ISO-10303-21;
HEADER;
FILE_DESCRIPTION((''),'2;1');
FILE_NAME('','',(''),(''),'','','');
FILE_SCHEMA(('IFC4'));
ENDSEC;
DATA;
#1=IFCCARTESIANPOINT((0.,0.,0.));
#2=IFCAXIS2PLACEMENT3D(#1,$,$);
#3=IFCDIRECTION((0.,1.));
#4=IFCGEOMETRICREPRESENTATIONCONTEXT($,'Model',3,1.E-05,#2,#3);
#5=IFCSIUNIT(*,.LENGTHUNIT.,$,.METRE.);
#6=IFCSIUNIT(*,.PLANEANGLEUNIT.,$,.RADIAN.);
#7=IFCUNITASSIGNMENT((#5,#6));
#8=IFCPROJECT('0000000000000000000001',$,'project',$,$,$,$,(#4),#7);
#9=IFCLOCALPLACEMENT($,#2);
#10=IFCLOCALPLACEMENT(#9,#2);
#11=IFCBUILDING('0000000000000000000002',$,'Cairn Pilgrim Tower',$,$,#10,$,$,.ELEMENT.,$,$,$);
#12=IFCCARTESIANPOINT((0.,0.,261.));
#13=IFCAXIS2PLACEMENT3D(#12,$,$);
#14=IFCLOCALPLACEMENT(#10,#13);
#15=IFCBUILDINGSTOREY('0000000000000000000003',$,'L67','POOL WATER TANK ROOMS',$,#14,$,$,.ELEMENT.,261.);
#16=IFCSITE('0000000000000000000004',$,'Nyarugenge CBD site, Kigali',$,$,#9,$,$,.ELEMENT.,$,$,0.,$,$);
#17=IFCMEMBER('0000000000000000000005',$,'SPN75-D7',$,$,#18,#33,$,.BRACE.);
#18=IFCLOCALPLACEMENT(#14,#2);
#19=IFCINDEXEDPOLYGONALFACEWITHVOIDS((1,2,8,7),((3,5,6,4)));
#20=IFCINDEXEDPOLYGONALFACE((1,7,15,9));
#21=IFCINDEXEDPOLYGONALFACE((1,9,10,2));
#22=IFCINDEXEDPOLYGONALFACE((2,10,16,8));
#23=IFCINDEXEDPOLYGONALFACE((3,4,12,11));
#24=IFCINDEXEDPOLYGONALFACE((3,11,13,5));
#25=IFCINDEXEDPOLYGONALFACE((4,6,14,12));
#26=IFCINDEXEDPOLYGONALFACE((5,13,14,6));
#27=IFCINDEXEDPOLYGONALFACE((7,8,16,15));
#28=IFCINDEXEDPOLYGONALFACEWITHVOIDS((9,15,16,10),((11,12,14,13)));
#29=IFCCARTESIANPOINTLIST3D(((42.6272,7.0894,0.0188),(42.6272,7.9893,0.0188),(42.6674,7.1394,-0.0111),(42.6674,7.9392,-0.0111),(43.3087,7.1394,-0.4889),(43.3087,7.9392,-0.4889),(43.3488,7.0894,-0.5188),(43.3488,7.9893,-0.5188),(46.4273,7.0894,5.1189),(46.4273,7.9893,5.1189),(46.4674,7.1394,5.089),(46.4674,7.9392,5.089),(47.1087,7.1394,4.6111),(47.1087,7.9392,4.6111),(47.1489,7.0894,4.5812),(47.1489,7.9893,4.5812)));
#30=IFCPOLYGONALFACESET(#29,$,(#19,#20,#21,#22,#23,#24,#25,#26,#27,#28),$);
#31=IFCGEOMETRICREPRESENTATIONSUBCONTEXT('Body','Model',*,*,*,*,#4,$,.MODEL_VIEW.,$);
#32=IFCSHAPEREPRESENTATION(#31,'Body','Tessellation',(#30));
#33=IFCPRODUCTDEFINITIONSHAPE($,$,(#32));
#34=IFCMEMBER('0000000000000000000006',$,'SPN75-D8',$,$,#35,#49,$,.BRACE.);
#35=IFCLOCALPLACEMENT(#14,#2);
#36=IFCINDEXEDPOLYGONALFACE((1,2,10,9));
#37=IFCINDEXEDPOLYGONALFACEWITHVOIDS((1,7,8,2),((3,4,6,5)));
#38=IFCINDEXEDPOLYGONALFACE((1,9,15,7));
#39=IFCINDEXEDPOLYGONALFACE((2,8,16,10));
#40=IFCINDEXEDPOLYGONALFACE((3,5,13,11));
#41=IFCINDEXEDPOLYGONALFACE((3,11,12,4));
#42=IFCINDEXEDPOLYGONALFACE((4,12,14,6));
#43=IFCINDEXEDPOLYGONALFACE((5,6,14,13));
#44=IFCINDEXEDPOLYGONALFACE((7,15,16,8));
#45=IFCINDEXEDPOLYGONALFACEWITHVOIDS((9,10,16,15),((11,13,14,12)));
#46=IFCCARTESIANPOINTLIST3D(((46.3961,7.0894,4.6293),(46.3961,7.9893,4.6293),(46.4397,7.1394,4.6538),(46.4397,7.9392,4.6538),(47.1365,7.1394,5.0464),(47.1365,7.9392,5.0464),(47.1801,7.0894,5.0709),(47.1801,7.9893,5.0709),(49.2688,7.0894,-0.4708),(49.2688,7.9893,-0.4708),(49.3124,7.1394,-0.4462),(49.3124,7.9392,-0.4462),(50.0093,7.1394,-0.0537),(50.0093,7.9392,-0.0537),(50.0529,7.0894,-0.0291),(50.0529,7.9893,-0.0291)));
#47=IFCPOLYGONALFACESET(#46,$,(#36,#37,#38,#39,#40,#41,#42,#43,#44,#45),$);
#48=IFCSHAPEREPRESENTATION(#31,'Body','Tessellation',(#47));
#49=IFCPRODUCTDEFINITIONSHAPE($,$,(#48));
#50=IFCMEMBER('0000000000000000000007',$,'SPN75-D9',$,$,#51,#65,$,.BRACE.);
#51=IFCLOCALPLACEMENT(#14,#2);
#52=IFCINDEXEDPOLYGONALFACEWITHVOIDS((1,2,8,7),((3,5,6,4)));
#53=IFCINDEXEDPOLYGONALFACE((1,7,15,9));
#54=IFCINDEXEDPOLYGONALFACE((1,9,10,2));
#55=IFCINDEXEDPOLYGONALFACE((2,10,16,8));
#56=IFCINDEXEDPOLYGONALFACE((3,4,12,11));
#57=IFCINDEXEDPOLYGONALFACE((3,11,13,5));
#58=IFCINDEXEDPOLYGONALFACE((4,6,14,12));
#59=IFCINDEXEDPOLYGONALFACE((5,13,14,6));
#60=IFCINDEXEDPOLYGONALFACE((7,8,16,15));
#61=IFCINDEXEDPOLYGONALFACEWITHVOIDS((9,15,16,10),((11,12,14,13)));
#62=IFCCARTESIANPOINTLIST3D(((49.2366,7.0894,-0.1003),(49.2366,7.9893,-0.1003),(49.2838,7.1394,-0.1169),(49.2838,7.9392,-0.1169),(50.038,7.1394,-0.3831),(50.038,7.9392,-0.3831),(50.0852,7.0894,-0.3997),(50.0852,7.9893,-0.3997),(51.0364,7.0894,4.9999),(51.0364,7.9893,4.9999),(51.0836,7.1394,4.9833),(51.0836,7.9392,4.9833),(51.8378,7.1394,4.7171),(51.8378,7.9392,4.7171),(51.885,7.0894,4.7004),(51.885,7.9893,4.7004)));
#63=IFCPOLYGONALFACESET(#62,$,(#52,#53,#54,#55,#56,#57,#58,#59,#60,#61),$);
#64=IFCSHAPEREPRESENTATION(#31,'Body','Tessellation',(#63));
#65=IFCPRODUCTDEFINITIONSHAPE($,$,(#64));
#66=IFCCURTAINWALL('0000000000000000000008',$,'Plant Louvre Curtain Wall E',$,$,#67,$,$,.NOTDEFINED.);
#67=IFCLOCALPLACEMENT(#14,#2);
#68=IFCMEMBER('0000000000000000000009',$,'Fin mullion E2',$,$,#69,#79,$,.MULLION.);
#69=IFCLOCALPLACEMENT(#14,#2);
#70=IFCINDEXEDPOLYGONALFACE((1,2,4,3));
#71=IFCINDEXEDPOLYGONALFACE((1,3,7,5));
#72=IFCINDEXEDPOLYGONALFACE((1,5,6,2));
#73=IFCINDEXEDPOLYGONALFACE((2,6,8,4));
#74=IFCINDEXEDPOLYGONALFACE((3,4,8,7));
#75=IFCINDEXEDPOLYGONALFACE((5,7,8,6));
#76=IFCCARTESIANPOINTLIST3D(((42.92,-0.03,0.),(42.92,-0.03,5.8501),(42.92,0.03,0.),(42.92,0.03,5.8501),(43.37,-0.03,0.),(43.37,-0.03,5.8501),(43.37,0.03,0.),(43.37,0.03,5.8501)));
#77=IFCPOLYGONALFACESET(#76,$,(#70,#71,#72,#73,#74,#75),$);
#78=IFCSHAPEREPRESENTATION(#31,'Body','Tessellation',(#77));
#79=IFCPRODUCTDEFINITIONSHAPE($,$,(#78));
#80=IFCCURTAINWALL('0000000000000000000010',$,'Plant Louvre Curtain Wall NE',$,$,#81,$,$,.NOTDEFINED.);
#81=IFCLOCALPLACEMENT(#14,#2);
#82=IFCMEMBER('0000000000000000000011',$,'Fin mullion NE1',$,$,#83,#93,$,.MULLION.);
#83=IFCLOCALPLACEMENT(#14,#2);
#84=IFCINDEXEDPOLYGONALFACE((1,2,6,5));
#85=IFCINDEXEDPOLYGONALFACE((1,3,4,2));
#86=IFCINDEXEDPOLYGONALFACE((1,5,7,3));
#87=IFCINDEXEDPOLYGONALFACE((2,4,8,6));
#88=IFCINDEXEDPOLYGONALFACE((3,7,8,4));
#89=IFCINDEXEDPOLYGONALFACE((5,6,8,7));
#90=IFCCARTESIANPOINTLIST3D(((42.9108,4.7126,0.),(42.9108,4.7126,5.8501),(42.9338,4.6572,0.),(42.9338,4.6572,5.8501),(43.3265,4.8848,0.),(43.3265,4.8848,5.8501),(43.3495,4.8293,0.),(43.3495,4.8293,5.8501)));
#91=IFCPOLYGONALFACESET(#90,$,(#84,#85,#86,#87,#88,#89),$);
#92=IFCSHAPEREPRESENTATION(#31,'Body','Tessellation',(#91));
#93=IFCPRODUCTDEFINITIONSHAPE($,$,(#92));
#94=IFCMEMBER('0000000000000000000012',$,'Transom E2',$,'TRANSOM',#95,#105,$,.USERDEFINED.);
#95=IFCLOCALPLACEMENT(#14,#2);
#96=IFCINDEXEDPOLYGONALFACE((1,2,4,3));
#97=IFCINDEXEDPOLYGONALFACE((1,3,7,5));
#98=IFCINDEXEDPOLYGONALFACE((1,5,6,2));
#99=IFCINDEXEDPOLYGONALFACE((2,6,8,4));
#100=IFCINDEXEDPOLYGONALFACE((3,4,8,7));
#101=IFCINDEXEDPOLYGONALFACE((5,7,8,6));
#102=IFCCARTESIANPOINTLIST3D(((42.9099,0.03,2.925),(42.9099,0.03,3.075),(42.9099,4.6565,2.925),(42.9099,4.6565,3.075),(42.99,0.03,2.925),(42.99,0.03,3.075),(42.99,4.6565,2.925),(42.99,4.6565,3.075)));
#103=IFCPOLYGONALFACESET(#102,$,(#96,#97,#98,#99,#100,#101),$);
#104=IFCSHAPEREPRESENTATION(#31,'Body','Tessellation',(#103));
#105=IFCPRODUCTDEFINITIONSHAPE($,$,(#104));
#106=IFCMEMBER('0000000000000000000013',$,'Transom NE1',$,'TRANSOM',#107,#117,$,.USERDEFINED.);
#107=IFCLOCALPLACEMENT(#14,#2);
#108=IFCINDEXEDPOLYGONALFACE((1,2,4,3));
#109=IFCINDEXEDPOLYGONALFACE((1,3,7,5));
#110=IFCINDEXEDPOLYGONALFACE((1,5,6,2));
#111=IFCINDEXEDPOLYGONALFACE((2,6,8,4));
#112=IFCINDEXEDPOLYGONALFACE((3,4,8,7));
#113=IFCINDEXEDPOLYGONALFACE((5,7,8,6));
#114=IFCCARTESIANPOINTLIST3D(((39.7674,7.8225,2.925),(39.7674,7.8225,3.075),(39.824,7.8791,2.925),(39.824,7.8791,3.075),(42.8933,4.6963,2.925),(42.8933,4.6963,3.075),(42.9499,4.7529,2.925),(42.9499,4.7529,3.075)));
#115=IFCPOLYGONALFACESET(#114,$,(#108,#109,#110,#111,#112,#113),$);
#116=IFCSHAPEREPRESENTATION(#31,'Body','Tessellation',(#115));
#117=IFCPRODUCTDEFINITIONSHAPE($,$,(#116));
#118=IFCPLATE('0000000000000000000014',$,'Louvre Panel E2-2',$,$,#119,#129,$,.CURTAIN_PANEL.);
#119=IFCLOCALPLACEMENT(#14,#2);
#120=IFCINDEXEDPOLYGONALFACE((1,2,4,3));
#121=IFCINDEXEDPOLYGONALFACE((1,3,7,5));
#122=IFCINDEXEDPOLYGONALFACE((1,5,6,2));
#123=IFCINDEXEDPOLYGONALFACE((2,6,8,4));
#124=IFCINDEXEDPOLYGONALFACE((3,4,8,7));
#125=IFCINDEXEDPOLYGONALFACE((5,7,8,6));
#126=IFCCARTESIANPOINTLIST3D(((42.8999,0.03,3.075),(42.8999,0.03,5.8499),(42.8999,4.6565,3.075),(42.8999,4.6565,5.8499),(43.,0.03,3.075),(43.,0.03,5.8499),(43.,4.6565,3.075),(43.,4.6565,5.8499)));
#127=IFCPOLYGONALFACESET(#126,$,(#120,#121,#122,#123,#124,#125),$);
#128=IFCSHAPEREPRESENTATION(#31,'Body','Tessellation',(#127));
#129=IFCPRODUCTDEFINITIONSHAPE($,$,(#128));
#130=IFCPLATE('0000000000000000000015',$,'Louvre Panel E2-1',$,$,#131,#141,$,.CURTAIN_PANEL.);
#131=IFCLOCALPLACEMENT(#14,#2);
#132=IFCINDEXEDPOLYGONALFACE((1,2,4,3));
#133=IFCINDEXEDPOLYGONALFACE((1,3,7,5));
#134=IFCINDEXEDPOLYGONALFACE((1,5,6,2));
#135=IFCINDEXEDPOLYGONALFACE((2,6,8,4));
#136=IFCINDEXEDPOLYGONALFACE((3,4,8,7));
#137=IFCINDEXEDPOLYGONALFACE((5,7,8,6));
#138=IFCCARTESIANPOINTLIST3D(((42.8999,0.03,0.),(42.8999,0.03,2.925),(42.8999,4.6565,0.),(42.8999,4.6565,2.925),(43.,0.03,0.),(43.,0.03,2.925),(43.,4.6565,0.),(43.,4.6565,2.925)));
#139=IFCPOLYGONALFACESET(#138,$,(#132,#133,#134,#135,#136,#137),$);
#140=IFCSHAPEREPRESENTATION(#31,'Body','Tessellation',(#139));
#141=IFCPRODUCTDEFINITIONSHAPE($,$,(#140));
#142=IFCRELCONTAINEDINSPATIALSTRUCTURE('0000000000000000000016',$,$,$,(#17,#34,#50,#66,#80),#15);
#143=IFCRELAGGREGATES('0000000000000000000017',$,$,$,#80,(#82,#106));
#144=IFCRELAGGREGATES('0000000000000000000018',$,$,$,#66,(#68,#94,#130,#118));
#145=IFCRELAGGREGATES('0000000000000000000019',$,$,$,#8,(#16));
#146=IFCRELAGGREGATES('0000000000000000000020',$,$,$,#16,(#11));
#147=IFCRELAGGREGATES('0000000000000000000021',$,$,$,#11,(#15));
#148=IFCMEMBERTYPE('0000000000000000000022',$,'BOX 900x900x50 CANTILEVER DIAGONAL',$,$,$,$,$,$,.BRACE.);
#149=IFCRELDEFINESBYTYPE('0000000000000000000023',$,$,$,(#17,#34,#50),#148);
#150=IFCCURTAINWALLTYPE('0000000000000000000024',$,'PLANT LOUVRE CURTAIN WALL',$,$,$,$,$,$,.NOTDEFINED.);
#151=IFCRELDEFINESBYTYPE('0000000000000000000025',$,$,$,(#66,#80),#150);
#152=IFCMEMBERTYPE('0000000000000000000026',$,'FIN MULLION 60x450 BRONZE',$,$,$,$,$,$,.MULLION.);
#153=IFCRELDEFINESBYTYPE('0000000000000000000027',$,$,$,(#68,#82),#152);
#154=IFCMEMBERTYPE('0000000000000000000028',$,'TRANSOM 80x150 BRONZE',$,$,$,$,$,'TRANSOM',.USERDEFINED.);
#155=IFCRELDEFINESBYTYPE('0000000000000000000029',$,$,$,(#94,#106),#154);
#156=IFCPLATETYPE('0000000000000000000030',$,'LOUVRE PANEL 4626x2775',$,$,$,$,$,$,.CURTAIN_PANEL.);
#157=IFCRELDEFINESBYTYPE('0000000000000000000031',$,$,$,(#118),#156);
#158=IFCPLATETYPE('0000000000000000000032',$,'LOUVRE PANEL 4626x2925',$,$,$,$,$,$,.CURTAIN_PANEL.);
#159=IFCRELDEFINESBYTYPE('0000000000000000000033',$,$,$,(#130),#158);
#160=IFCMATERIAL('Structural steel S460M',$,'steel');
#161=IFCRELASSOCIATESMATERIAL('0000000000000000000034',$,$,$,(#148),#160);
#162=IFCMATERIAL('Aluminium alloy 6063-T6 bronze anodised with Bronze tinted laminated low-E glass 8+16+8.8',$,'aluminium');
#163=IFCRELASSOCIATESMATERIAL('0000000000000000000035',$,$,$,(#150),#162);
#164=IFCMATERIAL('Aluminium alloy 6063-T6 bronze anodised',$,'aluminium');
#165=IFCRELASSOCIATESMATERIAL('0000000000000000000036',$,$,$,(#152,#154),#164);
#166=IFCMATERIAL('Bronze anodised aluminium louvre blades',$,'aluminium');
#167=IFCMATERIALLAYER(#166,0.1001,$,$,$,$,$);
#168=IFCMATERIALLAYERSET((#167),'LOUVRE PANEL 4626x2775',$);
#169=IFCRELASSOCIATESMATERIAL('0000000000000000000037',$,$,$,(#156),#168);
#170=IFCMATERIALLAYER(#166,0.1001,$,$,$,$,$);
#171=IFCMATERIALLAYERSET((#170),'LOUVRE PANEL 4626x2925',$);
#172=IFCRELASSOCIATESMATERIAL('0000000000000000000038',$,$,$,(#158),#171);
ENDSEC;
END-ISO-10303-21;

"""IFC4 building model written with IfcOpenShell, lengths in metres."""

from ifc_helpers import new_model, si_unit, direction, frame, origin, origin_2d, place, context, subcontext, project, spatial, rectangle, hollow_rectangle, extrude, material, layer, layer_set, material_profile, profile_set, type_object, element, aggregate, save


model = new_model("IFC4")

# Units and contexts
model_context = context("Model", 3, precision=1e-05, world=origin(), true_north=direction((0.0, 1.0)))
body_context = subcontext(model_context, "Body", "Model", "MODEL_VIEW")
ifc_project = project(units=[si_unit("LENGTHUNIT", "METRE"), si_unit("PLANEANGLEUNIT", "RADIAN")], contexts=[model_context])

# Site, building, storey
site_placement = place(None, origin())
site = spatial("IfcSite", under=ifc_project, at=site_placement, Name="Nyarugenge CBD site, Kigali", CompositionType="ELEMENT", RefElevation=0.0)
building_placement = place(site_placement, origin())
building = spatial("IfcBuilding", under=site, at=building_placement, Name="Cairn Pilgrim Tower", CompositionType="ELEMENT")
storey_placement = place(building_placement, frame((0.0, 0.0, 261.0)))
storey = spatial("IfcBuildingStorey", under=building, at=storey_placement, Name="L67", Description="POOL WATER TANK ROOMS", CompositionType="ELEMENT", Elevation=261.0)

# Members
ifc_material_1 = material(Name="Structural steel S460M", Category="steel")
ifc_material_profile_1 = material_profile(ifc_material_1, hollow_rectangle(XDim=0.8999, YDim=0.8999, WallThickness=0.05, at=origin_2d()), Name="BOX 900x900x50")
ifc_profile_set_1 = profile_set([ifc_material_profile_1], Name="Structural steel S460M")
member_type_1 = type_object("IfcMemberType", Name="BOX 900x900x50 CANTILEVER DIAGONAL", PredefinedType="BRACE", material=ifc_profile_set_1)
member_1_placement = place(storey_placement, frame((42.988, 7.5393, -0.25), z_axis=(0.597479, 0.0, 0.801885), x_axis=(0.0, 1.0, 0.0)))
element("IfcMember", 1, at=member_1_placement, inside=storey, type_object=member_type_1, Name="SPN75-D7", PredefinedType="BRACE", context=body_context, shape_type="SweptSolid", body=[
    extrude(hollow_rectangle(XDim=0.8999, YDim=0.8999, WallThickness=0.05, at=origin_2d()), origin(), (0.0, 0.0, 1.0), 6.3601),
])
member_2_placement = place(storey_placement, frame((46.7881, 7.5393, 4.8501), z_axis=(0.49078, 0.0, -0.871284), x_axis=(0.0, 1.0, 0.0)))
element("IfcMember", 2, at=member_2_placement, inside=storey, type_object=member_type_1, Name="SPN75-D8", PredefinedType="BRACE", context=body_context, shape_type="SweptSolid", body=[
    extrude(hollow_rectangle(XDim=0.8999, YDim=0.8999, WallThickness=0.05, at=origin_2d()), origin(), (0.0, 0.0, 1.0), 5.8535),
])
member_3_placement = place(storey_placement, frame((49.6609, 7.5393, -0.25), z_axis=(0.332782, 0.0, 0.943004), x_axis=(0.0, 1.0, 0.0)))
element("IfcMember", 3, at=member_3_placement, inside=storey, type_object=member_type_1, Name="SPN75-D9", PredefinedType="BRACE", context=body_context, shape_type="SweptSolid", body=[
    extrude(hollow_rectangle(XDim=0.8999, YDim=0.8999, WallThickness=0.05, at=origin_2d()), origin(), (0.0, 0.0, 1.0), 5.4084),
])

# Curtain walls, members
ifc_material_2 = material(Name="Aluminium alloy 6063-T6 bronze anodised with Bronze tinted laminated low-E glass 8+16+8.8", Category="aluminium")
curtain_wall_type = type_object("IfcCurtainWallType", Name="PLANT LOUVRE CURTAIN WALL", PredefinedType="NOTDEFINED", material=ifc_material_2)
curtain_wall_1_placement = place(storey_placement, origin())
curtain_wall_1 = element("IfcCurtainWall", 4, at=curtain_wall_1_placement, inside=storey, type_object=curtain_wall_type, Name="Plant Louvre Curtain Wall E", PredefinedType="NOTDEFINED")
ifc_material_3 = material(Name="Aluminium alloy 6063-T6 bronze anodised", Category="aluminium")
ifc_material_profile_2 = material_profile(ifc_material_3, rectangle(XDim=0.45, YDim=0.0601, at=origin_2d()), Name="FIN MULLION 60x450 BRONZE")
ifc_profile_set_2 = profile_set([ifc_material_profile_2], Name="Aluminium alloy 6063-T6 bronze anodised")
member_type_2 = type_object("IfcMemberType", Name="FIN MULLION 60x450 BRONZE", PredefinedType="MULLION", material=ifc_profile_set_2)
member_4_placement = place(storey_placement, frame((43.145, 0.0, 0.0), z_axis=(0.0, 0.0, 1.0), x_axis=(1.0, 0.0, 0.0)))
member_4 = element("IfcMember", 5, at=member_4_placement, type_object=member_type_2, Name="Fin mullion E2", PredefinedType="MULLION", context=body_context, shape_type="SweptSolid", body=[
    extrude(rectangle(XDim=0.45, YDim=0.0601, at=origin_2d()), origin(), (0.0, 0.0, 1.0), 5.8501),
])
curtain_wall_2_placement = place(storey_placement, origin())
curtain_wall_2 = element("IfcCurtainWall", 6, at=curtain_wall_2_placement, inside=storey, type_object=curtain_wall_type, Name="Plant Louvre Curtain Wall NE", PredefinedType="NOTDEFINED")
member_5_placement = place(storey_placement, frame((43.1301, 4.771, 0.0), z_axis=(0.0, 0.0, 1.0), x_axis=(0.92388, 0.382683, 0.0)))
member_5 = element("IfcMember", 7, at=member_5_placement, type_object=member_type_2, Name="Fin mullion NE1", PredefinedType="MULLION", context=body_context, shape_type="SweptSolid", body=[
    extrude(rectangle(XDim=0.45, YDim=0.0601, at=origin_2d()), origin(), (0.0, 0.0, 1.0), 5.8501),
])

# Members
ifc_material_profile_3 = material_profile(ifc_material_3, rectangle(XDim=0.0801, YDim=0.1499, at=origin_2d()), Name="TRANSOM 80x150 BRONZE")
ifc_profile_set_3 = profile_set([ifc_material_profile_3], Name="Aluminium alloy 6063-T6 bronze anodised")
member_type_3 = type_object("IfcMemberType", Name="TRANSOM 80x150 BRONZE", ElementType="TRANSOM", PredefinedType="USERDEFINED", material=ifc_profile_set_3)
member_6_placement = place(storey_placement, frame((42.95, 0.03, 3.0), z_axis=(0.0, 1.0, 0.0), x_axis=(-1.0, 0.0, 0.0)))
member_6 = element("IfcMember", 8, at=member_6_placement, type_object=member_type_3, Name="Transom E2", ObjectType="TRANSOM", PredefinedType="USERDEFINED", context=body_context, shape_type="SweptSolid", body=[
    extrude(rectangle(XDim=0.0801, YDim=0.1499, at=origin_2d()), origin(), (0.0, 0.0, 1.0), 4.6265),
])
member_7_placement = place(storey_placement, frame((42.9216, 4.7246, 3.0), z_axis=(-0.707079, 0.707134, 0.0), x_axis=(-0.707134, -0.707079, 0.0)))
member_7 = element("IfcMember", 9, at=member_7_placement, type_object=member_type_3, Name="Transom NE1", ObjectType="TRANSOM", PredefinedType="USERDEFINED", context=body_context, shape_type="SweptSolid", body=[
    extrude(rectangle(XDim=0.0801, YDim=0.1499, at=origin_2d()), origin(), (0.0, 0.0, 1.0), 4.4209),
])
aggregate(curtain_wall_2, [member_5, member_7])

# Plates
ifc_material_4 = material(Name="Bronze anodised aluminium louvre blades", Category="aluminium")
ifc_layer_1 = layer(ifc_material_4, 0.1001)
ifc_layer_set_1 = layer_set([ifc_layer_1], Name="LOUVRE PANEL 4626x2775")
plate_type_1 = type_object("IfcPlateType", Name="LOUVRE PANEL 4626x2775", PredefinedType="CURTAIN_PANEL", material=ifc_layer_set_1)
plate_1_placement = place(storey_placement, frame((42.95, 2.3433, 3.075), z_axis=(0.0, 0.0, 1.0), x_axis=(0.0, 1.0, 0.0)))
plate_1 = element("IfcPlate", 10, at=plate_1_placement, type_object=plate_type_1, Name="Louvre Panel E2-2", PredefinedType="CURTAIN_PANEL", context=body_context, shape_type="SweptSolid", body=[
    extrude(rectangle(XDim=4.6265, YDim=0.1001, at=origin_2d()), origin(), (0.0, 0.0, 1.0), 2.7749),
])
ifc_layer_2 = layer(ifc_material_4, 0.1001)
ifc_layer_set_2 = layer_set([ifc_layer_2], Name="LOUVRE PANEL 4626x2925")
plate_type_2 = type_object("IfcPlateType", Name="LOUVRE PANEL 4626x2925", PredefinedType="CURTAIN_PANEL", material=ifc_layer_set_2)
plate_2_placement = place(storey_placement, frame((42.95, 2.3433, 0.0), z_axis=(0.0, 0.0, 1.0), x_axis=(0.0, 1.0, 0.0)))
plate_2 = element("IfcPlate", 11, at=plate_2_placement, type_object=plate_type_2, Name="Louvre Panel E2-1", PredefinedType="CURTAIN_PANEL", context=body_context, shape_type="SweptSolid", body=[
    extrude(rectangle(XDim=4.6265, YDim=0.1001, at=origin_2d()), origin(), (0.0, 0.0, 1.0), 2.925),
])
aggregate(curtain_wall_1, [member_4, member_6, plate_2, plate_1])

save(model, "model.ifc")
